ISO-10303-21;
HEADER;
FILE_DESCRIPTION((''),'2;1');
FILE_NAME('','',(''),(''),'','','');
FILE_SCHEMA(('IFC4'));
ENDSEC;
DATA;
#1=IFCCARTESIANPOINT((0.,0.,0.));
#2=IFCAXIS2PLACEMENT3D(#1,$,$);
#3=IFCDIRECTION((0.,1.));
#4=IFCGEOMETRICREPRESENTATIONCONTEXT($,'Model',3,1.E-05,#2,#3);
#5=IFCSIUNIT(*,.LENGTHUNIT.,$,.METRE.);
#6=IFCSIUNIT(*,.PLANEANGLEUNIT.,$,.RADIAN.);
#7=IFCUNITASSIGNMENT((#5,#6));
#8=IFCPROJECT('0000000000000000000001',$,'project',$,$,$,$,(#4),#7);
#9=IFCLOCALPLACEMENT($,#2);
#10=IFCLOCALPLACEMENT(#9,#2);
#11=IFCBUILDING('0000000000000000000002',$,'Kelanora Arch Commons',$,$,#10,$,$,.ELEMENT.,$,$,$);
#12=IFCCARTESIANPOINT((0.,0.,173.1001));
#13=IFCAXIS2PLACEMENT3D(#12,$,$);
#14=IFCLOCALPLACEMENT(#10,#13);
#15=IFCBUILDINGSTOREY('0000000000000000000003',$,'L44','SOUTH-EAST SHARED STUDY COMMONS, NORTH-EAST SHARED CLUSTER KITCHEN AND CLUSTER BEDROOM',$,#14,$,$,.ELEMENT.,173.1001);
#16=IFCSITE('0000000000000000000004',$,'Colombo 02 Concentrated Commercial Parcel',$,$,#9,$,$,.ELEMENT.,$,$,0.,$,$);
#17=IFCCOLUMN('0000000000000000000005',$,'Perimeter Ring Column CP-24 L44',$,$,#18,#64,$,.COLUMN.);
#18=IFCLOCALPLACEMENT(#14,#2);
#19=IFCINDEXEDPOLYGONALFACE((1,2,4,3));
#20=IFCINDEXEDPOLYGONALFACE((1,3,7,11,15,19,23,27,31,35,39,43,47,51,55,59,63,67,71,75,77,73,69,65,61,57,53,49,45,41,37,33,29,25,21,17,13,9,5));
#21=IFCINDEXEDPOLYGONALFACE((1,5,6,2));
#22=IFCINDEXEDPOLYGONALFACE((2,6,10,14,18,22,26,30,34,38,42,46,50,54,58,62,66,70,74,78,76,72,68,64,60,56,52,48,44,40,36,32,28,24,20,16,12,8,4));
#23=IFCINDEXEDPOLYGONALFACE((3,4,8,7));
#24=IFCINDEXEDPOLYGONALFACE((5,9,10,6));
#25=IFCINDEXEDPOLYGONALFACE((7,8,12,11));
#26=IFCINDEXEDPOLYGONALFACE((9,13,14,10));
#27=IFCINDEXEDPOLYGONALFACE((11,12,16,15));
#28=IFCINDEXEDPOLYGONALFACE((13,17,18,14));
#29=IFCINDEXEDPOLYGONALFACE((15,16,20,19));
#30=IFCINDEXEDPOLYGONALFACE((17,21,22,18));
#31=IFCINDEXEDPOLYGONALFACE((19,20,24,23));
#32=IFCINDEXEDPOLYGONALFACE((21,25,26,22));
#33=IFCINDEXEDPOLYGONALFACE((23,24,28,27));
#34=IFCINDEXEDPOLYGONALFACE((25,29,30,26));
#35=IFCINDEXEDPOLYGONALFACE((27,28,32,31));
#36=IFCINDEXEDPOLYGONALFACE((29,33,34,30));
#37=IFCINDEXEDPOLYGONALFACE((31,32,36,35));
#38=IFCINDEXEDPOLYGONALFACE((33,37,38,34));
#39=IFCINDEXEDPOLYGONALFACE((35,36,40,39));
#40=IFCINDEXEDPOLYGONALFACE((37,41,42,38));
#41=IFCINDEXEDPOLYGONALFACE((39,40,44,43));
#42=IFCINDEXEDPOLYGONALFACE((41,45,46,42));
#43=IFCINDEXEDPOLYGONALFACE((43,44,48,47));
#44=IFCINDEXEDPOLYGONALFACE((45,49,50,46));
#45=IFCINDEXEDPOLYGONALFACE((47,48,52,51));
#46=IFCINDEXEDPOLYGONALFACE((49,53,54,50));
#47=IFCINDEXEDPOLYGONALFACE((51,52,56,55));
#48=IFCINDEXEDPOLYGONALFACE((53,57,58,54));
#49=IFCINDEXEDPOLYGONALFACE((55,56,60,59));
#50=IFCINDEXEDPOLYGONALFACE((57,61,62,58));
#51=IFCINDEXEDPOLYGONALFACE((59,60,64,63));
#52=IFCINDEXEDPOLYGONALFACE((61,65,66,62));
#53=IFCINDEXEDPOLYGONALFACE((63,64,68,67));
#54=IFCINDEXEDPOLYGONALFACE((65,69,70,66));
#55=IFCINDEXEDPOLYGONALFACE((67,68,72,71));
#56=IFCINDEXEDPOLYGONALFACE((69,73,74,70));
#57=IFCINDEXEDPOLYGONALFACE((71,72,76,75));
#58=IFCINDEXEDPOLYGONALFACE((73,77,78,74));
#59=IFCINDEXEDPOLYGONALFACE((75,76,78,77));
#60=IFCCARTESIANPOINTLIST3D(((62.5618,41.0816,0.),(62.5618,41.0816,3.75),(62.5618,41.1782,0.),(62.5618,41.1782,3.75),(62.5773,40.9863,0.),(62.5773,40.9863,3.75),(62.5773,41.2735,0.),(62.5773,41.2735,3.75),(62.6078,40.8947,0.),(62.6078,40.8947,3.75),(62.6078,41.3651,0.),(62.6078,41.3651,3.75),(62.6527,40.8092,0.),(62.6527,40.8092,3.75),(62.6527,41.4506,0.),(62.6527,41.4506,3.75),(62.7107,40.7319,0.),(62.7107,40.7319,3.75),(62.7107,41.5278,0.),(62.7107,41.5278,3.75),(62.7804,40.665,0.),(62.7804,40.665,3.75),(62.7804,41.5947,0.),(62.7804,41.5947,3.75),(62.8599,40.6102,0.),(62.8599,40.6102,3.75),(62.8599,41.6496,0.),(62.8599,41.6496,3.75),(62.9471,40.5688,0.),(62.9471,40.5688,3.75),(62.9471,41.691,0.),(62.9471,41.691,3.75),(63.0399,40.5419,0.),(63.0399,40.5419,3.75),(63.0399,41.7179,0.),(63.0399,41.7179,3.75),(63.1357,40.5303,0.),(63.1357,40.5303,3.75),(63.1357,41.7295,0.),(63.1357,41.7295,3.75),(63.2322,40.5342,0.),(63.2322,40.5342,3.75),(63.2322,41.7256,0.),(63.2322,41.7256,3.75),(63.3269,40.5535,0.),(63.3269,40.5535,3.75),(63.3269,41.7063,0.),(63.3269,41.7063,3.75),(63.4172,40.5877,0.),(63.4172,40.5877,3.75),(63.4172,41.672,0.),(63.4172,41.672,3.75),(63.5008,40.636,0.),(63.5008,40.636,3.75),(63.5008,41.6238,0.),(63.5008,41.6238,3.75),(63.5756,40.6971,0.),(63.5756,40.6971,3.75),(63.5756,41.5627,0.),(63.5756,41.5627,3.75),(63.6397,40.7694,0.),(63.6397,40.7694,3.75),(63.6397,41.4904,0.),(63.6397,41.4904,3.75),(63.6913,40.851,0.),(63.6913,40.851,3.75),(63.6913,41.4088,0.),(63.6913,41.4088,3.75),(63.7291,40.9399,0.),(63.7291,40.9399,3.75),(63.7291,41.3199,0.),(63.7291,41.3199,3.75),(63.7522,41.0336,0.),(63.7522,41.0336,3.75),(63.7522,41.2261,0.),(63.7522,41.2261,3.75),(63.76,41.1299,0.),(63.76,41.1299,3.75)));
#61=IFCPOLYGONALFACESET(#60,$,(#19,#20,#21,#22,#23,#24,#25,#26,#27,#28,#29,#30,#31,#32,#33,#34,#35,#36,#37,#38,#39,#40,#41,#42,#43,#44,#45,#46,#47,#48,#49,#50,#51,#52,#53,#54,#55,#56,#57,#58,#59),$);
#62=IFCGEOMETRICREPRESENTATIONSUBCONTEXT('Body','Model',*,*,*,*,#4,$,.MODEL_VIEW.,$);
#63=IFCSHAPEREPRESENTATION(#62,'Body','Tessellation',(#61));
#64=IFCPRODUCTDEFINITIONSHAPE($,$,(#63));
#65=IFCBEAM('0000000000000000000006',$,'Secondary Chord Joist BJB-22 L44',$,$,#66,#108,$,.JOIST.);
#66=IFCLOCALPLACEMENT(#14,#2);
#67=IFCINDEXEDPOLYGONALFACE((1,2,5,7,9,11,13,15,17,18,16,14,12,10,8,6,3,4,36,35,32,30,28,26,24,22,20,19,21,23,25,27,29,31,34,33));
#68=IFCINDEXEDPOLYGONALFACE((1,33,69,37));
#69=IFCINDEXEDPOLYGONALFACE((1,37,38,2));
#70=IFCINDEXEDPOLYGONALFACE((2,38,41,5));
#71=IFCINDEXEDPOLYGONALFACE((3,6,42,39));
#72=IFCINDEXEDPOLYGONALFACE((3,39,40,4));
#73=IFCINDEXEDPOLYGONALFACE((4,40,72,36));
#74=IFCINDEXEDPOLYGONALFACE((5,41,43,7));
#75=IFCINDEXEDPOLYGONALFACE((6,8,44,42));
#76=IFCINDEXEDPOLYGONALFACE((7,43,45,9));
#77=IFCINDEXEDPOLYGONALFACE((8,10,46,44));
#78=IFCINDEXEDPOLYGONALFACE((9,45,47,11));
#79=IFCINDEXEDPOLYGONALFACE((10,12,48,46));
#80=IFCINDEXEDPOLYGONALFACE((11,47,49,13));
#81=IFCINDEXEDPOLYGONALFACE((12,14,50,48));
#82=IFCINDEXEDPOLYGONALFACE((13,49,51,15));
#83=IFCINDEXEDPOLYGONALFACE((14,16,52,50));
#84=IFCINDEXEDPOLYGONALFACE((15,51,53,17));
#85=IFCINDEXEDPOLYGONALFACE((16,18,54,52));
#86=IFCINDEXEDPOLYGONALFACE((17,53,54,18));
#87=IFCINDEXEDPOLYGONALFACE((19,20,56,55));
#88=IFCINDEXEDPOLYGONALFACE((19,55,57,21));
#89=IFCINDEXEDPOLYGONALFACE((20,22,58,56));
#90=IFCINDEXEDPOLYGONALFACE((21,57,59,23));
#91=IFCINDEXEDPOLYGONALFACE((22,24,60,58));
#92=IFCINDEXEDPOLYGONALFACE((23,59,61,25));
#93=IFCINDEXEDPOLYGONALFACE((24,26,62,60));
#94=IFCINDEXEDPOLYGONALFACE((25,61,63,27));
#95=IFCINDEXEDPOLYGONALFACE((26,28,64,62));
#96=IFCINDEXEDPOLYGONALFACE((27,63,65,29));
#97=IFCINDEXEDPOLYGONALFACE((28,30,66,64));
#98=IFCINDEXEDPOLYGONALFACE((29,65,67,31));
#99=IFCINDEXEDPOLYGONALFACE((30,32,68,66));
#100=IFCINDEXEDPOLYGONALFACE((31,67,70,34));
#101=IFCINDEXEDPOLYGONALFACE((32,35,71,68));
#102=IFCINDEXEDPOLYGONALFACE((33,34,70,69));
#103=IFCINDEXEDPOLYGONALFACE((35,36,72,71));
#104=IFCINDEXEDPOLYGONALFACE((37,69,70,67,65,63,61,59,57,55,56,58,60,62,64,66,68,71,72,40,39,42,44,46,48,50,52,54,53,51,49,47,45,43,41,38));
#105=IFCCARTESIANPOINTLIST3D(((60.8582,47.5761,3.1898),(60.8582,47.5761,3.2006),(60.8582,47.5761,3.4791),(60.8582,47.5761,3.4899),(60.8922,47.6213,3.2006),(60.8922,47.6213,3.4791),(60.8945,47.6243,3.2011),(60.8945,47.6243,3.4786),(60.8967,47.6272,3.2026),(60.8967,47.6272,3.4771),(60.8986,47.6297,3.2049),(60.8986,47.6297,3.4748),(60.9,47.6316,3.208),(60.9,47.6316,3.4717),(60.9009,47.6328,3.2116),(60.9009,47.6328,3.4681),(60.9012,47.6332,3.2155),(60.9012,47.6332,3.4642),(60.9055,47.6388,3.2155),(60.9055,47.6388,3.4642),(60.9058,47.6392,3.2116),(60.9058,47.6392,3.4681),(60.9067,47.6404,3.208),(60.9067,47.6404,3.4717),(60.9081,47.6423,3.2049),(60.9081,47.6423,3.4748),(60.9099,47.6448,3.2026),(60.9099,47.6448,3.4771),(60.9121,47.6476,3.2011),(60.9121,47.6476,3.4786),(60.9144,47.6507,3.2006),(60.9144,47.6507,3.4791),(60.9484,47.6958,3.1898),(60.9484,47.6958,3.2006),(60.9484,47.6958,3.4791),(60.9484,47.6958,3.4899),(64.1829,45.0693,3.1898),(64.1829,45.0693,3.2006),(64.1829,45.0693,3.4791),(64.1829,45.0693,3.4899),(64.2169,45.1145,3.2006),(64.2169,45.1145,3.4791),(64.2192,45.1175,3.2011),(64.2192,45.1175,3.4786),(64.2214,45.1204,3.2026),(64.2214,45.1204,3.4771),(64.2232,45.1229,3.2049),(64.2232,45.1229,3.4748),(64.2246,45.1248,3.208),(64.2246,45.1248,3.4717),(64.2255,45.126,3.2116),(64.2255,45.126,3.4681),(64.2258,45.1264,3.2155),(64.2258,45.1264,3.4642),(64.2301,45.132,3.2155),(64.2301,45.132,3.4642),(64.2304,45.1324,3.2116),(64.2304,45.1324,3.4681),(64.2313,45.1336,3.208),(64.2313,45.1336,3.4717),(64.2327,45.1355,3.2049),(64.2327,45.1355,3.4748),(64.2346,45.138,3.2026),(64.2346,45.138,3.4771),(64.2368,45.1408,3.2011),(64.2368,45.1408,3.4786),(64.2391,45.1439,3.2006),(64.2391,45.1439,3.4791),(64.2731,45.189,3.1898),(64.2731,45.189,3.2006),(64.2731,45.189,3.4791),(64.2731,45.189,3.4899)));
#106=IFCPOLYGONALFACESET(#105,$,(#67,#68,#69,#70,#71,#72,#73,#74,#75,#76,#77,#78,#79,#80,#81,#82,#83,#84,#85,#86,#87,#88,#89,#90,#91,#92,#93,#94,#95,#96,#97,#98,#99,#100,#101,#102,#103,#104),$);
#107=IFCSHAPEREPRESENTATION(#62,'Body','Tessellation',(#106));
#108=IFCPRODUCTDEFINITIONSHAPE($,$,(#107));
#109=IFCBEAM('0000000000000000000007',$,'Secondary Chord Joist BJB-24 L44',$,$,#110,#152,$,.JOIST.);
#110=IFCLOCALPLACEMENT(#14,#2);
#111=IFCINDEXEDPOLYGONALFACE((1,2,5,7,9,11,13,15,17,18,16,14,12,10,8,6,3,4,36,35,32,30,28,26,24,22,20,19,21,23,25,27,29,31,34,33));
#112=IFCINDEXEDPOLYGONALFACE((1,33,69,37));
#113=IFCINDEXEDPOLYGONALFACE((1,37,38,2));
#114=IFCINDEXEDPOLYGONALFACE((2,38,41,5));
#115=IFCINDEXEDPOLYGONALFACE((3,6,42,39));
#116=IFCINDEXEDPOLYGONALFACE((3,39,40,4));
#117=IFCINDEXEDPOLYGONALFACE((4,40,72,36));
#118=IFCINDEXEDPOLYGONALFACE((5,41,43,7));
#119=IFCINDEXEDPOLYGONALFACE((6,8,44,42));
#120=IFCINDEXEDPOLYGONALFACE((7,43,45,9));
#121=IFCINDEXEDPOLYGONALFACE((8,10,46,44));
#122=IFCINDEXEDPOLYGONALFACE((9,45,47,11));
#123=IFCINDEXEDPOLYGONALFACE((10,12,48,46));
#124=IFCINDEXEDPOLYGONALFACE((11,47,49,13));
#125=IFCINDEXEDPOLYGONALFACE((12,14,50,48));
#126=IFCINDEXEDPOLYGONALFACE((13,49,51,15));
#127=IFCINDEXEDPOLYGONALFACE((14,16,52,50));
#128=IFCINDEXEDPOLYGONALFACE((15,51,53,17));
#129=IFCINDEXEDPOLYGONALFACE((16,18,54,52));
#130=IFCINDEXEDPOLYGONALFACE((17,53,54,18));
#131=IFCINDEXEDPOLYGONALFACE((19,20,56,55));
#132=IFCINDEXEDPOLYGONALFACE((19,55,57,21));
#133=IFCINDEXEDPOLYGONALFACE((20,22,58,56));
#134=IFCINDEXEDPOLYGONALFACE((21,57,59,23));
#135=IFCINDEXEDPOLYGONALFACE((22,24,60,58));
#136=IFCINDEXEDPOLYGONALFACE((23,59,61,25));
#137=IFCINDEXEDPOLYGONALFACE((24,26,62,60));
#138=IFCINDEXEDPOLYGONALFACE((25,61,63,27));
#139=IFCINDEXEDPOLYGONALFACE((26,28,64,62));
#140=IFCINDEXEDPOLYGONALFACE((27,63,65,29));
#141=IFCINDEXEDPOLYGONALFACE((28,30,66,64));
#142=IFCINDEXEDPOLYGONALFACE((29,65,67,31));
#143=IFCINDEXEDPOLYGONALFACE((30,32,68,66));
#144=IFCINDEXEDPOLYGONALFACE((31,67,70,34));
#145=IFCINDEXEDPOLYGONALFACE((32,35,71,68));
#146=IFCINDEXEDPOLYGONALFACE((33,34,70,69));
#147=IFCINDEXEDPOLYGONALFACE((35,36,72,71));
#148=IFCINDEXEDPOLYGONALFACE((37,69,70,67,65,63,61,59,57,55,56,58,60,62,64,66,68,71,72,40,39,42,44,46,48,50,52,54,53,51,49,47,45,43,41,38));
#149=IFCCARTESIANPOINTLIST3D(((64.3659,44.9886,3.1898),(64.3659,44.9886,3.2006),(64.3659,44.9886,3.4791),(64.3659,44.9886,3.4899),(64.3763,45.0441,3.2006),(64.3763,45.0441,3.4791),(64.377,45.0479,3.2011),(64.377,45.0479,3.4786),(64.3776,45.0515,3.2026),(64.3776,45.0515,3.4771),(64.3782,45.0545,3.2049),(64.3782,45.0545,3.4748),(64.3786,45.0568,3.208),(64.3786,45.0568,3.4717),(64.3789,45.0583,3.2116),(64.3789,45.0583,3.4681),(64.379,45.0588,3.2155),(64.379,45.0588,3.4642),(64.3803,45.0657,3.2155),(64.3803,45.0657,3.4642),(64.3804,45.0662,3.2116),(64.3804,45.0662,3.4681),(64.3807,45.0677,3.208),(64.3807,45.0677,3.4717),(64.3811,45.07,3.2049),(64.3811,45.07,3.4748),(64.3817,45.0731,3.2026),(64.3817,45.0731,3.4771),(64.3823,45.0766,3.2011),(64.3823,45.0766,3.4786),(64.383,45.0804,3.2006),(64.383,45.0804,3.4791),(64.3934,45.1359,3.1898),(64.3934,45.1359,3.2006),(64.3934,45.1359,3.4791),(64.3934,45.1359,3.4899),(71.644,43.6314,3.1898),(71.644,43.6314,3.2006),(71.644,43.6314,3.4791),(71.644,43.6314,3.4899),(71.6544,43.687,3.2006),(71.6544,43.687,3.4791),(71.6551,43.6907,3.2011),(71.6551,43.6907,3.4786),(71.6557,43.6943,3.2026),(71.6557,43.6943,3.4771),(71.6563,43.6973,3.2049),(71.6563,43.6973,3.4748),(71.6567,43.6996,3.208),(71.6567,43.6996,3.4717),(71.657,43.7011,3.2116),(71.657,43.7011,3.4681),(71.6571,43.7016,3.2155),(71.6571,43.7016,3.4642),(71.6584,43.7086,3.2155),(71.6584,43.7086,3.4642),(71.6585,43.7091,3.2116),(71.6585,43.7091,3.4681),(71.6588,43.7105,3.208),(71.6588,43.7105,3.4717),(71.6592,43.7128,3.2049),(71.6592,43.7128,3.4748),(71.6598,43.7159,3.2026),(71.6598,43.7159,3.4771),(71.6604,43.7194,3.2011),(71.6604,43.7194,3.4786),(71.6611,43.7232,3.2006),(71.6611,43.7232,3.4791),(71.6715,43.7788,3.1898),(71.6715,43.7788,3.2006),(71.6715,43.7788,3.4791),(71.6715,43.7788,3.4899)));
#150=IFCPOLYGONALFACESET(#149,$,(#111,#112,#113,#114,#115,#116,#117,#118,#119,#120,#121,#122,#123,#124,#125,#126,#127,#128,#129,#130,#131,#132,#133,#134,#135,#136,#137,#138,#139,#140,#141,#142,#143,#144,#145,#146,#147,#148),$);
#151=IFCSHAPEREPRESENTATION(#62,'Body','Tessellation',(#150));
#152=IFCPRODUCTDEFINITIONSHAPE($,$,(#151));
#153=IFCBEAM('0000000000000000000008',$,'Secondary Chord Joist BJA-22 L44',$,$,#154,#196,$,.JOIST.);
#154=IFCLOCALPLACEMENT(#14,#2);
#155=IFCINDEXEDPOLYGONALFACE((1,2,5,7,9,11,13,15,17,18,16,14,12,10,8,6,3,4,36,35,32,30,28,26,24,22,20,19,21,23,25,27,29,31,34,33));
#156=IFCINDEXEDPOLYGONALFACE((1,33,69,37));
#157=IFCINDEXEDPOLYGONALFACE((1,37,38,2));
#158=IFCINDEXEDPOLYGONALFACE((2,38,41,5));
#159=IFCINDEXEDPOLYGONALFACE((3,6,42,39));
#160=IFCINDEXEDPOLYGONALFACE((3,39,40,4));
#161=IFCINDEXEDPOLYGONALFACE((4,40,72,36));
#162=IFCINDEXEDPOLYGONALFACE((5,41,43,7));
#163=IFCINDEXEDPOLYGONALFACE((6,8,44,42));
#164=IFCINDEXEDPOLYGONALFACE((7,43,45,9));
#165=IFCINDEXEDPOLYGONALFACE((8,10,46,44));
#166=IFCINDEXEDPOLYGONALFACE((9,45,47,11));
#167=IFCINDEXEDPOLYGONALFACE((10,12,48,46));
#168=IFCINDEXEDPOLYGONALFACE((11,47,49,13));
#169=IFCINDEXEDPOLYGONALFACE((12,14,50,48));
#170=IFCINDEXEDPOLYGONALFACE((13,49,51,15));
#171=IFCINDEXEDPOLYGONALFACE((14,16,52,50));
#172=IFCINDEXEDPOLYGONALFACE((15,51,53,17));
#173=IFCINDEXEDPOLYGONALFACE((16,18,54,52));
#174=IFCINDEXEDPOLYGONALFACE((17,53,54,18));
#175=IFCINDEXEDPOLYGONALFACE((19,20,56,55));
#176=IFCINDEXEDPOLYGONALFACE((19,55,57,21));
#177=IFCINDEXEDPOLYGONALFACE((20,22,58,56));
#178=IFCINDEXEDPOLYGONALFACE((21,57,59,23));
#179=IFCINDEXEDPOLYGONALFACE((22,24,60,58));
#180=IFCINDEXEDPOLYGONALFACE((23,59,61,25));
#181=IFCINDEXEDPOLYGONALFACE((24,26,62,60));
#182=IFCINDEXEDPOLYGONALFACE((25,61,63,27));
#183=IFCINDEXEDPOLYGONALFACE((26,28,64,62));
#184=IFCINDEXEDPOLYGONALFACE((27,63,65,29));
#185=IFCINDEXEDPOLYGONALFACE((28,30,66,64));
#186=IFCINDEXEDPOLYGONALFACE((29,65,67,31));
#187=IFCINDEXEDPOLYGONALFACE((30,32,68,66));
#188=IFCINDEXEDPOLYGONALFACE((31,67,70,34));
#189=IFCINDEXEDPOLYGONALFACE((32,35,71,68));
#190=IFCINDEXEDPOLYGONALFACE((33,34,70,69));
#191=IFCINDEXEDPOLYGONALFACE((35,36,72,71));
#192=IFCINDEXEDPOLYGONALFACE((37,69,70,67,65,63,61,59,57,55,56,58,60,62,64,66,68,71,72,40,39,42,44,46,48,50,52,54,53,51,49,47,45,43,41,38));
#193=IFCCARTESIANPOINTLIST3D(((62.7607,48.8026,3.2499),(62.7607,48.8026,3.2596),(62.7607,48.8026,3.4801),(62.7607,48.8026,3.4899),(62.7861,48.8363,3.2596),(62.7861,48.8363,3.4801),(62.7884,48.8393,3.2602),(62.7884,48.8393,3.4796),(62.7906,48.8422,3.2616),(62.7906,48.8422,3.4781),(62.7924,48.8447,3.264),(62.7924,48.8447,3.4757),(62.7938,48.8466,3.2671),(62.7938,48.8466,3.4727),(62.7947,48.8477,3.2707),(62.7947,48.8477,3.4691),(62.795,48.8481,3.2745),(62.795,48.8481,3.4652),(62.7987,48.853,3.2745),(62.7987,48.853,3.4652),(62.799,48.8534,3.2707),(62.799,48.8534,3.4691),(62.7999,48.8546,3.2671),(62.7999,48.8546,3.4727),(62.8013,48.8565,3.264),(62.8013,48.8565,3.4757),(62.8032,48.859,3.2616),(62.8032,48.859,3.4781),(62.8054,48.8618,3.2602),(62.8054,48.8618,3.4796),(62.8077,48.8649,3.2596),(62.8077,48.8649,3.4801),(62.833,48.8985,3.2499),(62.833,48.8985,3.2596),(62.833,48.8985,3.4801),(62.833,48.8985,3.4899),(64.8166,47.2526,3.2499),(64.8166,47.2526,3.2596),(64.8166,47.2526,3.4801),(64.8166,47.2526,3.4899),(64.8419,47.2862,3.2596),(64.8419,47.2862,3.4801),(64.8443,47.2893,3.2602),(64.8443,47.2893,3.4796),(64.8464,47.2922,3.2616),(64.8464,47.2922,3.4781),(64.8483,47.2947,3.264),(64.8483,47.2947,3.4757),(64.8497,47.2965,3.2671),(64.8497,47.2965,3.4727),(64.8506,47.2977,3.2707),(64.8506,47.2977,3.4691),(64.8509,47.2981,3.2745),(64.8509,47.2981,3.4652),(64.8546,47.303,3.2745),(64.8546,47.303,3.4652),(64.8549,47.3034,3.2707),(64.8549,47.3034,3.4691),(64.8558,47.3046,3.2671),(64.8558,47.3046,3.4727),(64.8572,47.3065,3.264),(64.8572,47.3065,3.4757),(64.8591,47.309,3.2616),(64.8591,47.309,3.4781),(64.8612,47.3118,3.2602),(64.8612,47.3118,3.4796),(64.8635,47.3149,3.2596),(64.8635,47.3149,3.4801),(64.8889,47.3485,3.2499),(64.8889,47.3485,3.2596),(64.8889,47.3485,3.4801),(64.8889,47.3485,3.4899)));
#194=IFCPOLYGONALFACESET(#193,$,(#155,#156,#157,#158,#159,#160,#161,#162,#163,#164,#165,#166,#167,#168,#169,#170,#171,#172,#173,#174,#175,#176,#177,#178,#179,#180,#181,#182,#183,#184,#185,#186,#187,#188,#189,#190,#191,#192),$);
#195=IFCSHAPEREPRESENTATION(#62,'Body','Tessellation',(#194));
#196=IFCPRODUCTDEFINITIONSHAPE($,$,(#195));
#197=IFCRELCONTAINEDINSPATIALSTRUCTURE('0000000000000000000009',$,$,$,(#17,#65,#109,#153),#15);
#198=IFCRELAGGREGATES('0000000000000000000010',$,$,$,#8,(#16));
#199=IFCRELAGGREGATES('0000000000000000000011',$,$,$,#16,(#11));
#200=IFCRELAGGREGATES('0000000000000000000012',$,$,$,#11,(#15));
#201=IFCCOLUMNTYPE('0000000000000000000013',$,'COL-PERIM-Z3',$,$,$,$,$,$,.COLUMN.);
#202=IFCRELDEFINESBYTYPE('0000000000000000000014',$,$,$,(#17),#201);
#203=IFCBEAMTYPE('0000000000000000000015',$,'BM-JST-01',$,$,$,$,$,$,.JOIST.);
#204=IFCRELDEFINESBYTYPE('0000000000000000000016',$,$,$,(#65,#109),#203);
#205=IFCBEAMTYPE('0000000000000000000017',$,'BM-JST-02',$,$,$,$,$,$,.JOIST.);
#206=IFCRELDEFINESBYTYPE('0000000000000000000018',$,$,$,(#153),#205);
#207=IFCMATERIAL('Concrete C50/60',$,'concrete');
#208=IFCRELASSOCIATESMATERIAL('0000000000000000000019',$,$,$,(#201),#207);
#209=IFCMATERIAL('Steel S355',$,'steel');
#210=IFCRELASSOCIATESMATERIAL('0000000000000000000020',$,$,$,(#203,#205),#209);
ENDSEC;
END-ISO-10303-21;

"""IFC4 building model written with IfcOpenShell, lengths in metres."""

from ifc_helpers import new_model, si_unit, direction, frame, origin, origin_2d, place, context, subcontext, project, spatial, circle, i_section, extrude, material, material_profile, profile_set, type_object, element, save


model = new_model("IFC4")

# Units and contexts
model_context = context("Model", 3, precision=1e-05, world=origin(), true_north=direction((0.0, 1.0)))
body_context = subcontext(model_context, "Body", "Model", "MODEL_VIEW")
ifc_project = project(units=[si_unit("LENGTHUNIT", "METRE"), si_unit("PLANEANGLEUNIT", "RADIAN")], contexts=[model_context])

# Site, building, storey
site_placement = place(None, origin())
site = spatial("IfcSite", under=ifc_project, at=site_placement, Name="Colombo 02 Concentrated Commercial Parcel", CompositionType="ELEMENT", RefElevation=0.0)
building_placement = place(site_placement, origin())
building = spatial("IfcBuilding", under=site, at=building_placement, Name="Kelanora Arch Commons", CompositionType="ELEMENT")
storey_placement = place(building_placement, frame((0.0, 0.0, 173.1001)))
storey = spatial("IfcBuildingStorey", under=building, at=storey_placement, Name="L44", Description="SOUTH-EAST SHARED STUDY COMMONS, NORTH-EAST SHARED CLUSTER KITCHEN AND CLUSTER BEDROOM", CompositionType="ELEMENT", Elevation=173.1001)

# Column
ifc_material_1 = material(Name="Concrete C50/60", Category="concrete")
ifc_material_profile_1 = material_profile(ifc_material_1, circle(Radius=0.6001, at=origin_2d()), Name="RCC1200")
ifc_profile_set_1 = profile_set([ifc_material_profile_1], Name="Concrete C50/60")
column_type = type_object("IfcColumnType", Name="COL-PERIM-Z3", PredefinedType="COLUMN", material=ifc_profile_set_1)
column_placement = place(storey_placement, frame((63.1599, 41.1299, 0.0), z_axis=(0.0, 0.0, 1.0), x_axis=(1.0, 0.0, 0.0)))
element("IfcColumn", 1, at=column_placement, inside=storey, type_object=column_type, Name="Perimeter Ring Column CP-24 L44", PredefinedType="COLUMN", context=body_context, shape_type="SweptSolid", body=[
    extrude(circle(Radius=0.6001, at=origin_2d()), origin(), (0.0, 0.0, 1.0), 3.75),
])

# Beams
ifc_material_2 = material(Name="Steel S355", Category="steel")
ifc_material_profile_2 = material_profile(ifc_material_2, i_section(OverallWidth=0.1499, OverallDepth=0.3, WebThickness=0.0071, FlangeThickness=0.0107, FilletRadius=0.0149, at=origin_2d()), Name="IPE300")
ifc_profile_set_2 = profile_set([ifc_material_profile_2], Name="Steel S355")
beam_type_1 = type_object("IfcBeamType", Name="BM-JST-01", PredefinedType="JOIST", material=ifc_profile_set_2)
beam_1_placement = place(storey_placement, frame((60.9033, 47.636, 3.3398), z_axis=(0.798464, -0.602043, 0.0), x_axis=(0.602043, 0.798464, 0.0)))
element("IfcBeam", 2, at=beam_1_placement, inside=storey, type_object=beam_type_1, Name="Secondary Chord Joist BJB-22 L44", PredefinedType="JOIST", context=body_context, shape_type="SweptSolid", body=[
    extrude(i_section(OverallWidth=0.1499, OverallDepth=0.3, WebThickness=0.0071, FlangeThickness=0.0107, FilletRadius=0.0149, at=origin_2d()), origin(), (0.0, 0.0, 1.0), 4.1638),
])
beam_2_placement = place(storey_placement, frame((64.3796, 45.0623, 3.3398), z_axis=(0.983054, -0.183315, 0.0), x_axis=(0.183315, 0.983054, 0.0)))
element("IfcBeam", 3, at=beam_2_placement, inside=storey, type_object=beam_type_1, Name="Secondary Chord Joist BJB-24 L44", PredefinedType="JOIST", context=body_context, shape_type="SweptSolid", body=[
    extrude(i_section(OverallWidth=0.1499, OverallDepth=0.3, WebThickness=0.0071, FlangeThickness=0.0107, FilletRadius=0.0149, at=origin_2d()), origin(), (0.0, 0.0, 1.0), 7.4036),
])
ifc_material_profile_3 = material_profile(ifc_material_2, i_section(OverallWidth=0.1201, OverallDepth=0.24, WebThickness=0.0061, FlangeThickness=0.0098, FilletRadius=0.0149, at=origin_2d()), Name="IPE240")
ifc_profile_set_3 = profile_set([ifc_material_profile_3], Name="Steel S355")
beam_type_2 = type_object("IfcBeamType", Name="BM-JST-02", PredefinedType="JOIST", material=ifc_profile_set_3)
beam_3_placement = place(storey_placement, frame((62.7969, 48.8506, 3.3699), z_axis=(0.798484, -0.602016, 0.0), x_axis=(0.602016, 0.798484, 0.0)))
element("IfcBeam", 4, at=beam_3_placement, inside=storey, type_object=beam_type_2, Name="Secondary Chord Joist BJA-22 L44", PredefinedType="JOIST", context=body_context, shape_type="SweptSolid", body=[
    extrude(i_section(OverallWidth=0.1201, OverallDepth=0.24, WebThickness=0.0061, FlangeThickness=0.0098, FilletRadius=0.0149, at=origin_2d()), origin(), (0.0, 0.0, 1.0), 2.5747),
])

save(model, "model.ifc")
